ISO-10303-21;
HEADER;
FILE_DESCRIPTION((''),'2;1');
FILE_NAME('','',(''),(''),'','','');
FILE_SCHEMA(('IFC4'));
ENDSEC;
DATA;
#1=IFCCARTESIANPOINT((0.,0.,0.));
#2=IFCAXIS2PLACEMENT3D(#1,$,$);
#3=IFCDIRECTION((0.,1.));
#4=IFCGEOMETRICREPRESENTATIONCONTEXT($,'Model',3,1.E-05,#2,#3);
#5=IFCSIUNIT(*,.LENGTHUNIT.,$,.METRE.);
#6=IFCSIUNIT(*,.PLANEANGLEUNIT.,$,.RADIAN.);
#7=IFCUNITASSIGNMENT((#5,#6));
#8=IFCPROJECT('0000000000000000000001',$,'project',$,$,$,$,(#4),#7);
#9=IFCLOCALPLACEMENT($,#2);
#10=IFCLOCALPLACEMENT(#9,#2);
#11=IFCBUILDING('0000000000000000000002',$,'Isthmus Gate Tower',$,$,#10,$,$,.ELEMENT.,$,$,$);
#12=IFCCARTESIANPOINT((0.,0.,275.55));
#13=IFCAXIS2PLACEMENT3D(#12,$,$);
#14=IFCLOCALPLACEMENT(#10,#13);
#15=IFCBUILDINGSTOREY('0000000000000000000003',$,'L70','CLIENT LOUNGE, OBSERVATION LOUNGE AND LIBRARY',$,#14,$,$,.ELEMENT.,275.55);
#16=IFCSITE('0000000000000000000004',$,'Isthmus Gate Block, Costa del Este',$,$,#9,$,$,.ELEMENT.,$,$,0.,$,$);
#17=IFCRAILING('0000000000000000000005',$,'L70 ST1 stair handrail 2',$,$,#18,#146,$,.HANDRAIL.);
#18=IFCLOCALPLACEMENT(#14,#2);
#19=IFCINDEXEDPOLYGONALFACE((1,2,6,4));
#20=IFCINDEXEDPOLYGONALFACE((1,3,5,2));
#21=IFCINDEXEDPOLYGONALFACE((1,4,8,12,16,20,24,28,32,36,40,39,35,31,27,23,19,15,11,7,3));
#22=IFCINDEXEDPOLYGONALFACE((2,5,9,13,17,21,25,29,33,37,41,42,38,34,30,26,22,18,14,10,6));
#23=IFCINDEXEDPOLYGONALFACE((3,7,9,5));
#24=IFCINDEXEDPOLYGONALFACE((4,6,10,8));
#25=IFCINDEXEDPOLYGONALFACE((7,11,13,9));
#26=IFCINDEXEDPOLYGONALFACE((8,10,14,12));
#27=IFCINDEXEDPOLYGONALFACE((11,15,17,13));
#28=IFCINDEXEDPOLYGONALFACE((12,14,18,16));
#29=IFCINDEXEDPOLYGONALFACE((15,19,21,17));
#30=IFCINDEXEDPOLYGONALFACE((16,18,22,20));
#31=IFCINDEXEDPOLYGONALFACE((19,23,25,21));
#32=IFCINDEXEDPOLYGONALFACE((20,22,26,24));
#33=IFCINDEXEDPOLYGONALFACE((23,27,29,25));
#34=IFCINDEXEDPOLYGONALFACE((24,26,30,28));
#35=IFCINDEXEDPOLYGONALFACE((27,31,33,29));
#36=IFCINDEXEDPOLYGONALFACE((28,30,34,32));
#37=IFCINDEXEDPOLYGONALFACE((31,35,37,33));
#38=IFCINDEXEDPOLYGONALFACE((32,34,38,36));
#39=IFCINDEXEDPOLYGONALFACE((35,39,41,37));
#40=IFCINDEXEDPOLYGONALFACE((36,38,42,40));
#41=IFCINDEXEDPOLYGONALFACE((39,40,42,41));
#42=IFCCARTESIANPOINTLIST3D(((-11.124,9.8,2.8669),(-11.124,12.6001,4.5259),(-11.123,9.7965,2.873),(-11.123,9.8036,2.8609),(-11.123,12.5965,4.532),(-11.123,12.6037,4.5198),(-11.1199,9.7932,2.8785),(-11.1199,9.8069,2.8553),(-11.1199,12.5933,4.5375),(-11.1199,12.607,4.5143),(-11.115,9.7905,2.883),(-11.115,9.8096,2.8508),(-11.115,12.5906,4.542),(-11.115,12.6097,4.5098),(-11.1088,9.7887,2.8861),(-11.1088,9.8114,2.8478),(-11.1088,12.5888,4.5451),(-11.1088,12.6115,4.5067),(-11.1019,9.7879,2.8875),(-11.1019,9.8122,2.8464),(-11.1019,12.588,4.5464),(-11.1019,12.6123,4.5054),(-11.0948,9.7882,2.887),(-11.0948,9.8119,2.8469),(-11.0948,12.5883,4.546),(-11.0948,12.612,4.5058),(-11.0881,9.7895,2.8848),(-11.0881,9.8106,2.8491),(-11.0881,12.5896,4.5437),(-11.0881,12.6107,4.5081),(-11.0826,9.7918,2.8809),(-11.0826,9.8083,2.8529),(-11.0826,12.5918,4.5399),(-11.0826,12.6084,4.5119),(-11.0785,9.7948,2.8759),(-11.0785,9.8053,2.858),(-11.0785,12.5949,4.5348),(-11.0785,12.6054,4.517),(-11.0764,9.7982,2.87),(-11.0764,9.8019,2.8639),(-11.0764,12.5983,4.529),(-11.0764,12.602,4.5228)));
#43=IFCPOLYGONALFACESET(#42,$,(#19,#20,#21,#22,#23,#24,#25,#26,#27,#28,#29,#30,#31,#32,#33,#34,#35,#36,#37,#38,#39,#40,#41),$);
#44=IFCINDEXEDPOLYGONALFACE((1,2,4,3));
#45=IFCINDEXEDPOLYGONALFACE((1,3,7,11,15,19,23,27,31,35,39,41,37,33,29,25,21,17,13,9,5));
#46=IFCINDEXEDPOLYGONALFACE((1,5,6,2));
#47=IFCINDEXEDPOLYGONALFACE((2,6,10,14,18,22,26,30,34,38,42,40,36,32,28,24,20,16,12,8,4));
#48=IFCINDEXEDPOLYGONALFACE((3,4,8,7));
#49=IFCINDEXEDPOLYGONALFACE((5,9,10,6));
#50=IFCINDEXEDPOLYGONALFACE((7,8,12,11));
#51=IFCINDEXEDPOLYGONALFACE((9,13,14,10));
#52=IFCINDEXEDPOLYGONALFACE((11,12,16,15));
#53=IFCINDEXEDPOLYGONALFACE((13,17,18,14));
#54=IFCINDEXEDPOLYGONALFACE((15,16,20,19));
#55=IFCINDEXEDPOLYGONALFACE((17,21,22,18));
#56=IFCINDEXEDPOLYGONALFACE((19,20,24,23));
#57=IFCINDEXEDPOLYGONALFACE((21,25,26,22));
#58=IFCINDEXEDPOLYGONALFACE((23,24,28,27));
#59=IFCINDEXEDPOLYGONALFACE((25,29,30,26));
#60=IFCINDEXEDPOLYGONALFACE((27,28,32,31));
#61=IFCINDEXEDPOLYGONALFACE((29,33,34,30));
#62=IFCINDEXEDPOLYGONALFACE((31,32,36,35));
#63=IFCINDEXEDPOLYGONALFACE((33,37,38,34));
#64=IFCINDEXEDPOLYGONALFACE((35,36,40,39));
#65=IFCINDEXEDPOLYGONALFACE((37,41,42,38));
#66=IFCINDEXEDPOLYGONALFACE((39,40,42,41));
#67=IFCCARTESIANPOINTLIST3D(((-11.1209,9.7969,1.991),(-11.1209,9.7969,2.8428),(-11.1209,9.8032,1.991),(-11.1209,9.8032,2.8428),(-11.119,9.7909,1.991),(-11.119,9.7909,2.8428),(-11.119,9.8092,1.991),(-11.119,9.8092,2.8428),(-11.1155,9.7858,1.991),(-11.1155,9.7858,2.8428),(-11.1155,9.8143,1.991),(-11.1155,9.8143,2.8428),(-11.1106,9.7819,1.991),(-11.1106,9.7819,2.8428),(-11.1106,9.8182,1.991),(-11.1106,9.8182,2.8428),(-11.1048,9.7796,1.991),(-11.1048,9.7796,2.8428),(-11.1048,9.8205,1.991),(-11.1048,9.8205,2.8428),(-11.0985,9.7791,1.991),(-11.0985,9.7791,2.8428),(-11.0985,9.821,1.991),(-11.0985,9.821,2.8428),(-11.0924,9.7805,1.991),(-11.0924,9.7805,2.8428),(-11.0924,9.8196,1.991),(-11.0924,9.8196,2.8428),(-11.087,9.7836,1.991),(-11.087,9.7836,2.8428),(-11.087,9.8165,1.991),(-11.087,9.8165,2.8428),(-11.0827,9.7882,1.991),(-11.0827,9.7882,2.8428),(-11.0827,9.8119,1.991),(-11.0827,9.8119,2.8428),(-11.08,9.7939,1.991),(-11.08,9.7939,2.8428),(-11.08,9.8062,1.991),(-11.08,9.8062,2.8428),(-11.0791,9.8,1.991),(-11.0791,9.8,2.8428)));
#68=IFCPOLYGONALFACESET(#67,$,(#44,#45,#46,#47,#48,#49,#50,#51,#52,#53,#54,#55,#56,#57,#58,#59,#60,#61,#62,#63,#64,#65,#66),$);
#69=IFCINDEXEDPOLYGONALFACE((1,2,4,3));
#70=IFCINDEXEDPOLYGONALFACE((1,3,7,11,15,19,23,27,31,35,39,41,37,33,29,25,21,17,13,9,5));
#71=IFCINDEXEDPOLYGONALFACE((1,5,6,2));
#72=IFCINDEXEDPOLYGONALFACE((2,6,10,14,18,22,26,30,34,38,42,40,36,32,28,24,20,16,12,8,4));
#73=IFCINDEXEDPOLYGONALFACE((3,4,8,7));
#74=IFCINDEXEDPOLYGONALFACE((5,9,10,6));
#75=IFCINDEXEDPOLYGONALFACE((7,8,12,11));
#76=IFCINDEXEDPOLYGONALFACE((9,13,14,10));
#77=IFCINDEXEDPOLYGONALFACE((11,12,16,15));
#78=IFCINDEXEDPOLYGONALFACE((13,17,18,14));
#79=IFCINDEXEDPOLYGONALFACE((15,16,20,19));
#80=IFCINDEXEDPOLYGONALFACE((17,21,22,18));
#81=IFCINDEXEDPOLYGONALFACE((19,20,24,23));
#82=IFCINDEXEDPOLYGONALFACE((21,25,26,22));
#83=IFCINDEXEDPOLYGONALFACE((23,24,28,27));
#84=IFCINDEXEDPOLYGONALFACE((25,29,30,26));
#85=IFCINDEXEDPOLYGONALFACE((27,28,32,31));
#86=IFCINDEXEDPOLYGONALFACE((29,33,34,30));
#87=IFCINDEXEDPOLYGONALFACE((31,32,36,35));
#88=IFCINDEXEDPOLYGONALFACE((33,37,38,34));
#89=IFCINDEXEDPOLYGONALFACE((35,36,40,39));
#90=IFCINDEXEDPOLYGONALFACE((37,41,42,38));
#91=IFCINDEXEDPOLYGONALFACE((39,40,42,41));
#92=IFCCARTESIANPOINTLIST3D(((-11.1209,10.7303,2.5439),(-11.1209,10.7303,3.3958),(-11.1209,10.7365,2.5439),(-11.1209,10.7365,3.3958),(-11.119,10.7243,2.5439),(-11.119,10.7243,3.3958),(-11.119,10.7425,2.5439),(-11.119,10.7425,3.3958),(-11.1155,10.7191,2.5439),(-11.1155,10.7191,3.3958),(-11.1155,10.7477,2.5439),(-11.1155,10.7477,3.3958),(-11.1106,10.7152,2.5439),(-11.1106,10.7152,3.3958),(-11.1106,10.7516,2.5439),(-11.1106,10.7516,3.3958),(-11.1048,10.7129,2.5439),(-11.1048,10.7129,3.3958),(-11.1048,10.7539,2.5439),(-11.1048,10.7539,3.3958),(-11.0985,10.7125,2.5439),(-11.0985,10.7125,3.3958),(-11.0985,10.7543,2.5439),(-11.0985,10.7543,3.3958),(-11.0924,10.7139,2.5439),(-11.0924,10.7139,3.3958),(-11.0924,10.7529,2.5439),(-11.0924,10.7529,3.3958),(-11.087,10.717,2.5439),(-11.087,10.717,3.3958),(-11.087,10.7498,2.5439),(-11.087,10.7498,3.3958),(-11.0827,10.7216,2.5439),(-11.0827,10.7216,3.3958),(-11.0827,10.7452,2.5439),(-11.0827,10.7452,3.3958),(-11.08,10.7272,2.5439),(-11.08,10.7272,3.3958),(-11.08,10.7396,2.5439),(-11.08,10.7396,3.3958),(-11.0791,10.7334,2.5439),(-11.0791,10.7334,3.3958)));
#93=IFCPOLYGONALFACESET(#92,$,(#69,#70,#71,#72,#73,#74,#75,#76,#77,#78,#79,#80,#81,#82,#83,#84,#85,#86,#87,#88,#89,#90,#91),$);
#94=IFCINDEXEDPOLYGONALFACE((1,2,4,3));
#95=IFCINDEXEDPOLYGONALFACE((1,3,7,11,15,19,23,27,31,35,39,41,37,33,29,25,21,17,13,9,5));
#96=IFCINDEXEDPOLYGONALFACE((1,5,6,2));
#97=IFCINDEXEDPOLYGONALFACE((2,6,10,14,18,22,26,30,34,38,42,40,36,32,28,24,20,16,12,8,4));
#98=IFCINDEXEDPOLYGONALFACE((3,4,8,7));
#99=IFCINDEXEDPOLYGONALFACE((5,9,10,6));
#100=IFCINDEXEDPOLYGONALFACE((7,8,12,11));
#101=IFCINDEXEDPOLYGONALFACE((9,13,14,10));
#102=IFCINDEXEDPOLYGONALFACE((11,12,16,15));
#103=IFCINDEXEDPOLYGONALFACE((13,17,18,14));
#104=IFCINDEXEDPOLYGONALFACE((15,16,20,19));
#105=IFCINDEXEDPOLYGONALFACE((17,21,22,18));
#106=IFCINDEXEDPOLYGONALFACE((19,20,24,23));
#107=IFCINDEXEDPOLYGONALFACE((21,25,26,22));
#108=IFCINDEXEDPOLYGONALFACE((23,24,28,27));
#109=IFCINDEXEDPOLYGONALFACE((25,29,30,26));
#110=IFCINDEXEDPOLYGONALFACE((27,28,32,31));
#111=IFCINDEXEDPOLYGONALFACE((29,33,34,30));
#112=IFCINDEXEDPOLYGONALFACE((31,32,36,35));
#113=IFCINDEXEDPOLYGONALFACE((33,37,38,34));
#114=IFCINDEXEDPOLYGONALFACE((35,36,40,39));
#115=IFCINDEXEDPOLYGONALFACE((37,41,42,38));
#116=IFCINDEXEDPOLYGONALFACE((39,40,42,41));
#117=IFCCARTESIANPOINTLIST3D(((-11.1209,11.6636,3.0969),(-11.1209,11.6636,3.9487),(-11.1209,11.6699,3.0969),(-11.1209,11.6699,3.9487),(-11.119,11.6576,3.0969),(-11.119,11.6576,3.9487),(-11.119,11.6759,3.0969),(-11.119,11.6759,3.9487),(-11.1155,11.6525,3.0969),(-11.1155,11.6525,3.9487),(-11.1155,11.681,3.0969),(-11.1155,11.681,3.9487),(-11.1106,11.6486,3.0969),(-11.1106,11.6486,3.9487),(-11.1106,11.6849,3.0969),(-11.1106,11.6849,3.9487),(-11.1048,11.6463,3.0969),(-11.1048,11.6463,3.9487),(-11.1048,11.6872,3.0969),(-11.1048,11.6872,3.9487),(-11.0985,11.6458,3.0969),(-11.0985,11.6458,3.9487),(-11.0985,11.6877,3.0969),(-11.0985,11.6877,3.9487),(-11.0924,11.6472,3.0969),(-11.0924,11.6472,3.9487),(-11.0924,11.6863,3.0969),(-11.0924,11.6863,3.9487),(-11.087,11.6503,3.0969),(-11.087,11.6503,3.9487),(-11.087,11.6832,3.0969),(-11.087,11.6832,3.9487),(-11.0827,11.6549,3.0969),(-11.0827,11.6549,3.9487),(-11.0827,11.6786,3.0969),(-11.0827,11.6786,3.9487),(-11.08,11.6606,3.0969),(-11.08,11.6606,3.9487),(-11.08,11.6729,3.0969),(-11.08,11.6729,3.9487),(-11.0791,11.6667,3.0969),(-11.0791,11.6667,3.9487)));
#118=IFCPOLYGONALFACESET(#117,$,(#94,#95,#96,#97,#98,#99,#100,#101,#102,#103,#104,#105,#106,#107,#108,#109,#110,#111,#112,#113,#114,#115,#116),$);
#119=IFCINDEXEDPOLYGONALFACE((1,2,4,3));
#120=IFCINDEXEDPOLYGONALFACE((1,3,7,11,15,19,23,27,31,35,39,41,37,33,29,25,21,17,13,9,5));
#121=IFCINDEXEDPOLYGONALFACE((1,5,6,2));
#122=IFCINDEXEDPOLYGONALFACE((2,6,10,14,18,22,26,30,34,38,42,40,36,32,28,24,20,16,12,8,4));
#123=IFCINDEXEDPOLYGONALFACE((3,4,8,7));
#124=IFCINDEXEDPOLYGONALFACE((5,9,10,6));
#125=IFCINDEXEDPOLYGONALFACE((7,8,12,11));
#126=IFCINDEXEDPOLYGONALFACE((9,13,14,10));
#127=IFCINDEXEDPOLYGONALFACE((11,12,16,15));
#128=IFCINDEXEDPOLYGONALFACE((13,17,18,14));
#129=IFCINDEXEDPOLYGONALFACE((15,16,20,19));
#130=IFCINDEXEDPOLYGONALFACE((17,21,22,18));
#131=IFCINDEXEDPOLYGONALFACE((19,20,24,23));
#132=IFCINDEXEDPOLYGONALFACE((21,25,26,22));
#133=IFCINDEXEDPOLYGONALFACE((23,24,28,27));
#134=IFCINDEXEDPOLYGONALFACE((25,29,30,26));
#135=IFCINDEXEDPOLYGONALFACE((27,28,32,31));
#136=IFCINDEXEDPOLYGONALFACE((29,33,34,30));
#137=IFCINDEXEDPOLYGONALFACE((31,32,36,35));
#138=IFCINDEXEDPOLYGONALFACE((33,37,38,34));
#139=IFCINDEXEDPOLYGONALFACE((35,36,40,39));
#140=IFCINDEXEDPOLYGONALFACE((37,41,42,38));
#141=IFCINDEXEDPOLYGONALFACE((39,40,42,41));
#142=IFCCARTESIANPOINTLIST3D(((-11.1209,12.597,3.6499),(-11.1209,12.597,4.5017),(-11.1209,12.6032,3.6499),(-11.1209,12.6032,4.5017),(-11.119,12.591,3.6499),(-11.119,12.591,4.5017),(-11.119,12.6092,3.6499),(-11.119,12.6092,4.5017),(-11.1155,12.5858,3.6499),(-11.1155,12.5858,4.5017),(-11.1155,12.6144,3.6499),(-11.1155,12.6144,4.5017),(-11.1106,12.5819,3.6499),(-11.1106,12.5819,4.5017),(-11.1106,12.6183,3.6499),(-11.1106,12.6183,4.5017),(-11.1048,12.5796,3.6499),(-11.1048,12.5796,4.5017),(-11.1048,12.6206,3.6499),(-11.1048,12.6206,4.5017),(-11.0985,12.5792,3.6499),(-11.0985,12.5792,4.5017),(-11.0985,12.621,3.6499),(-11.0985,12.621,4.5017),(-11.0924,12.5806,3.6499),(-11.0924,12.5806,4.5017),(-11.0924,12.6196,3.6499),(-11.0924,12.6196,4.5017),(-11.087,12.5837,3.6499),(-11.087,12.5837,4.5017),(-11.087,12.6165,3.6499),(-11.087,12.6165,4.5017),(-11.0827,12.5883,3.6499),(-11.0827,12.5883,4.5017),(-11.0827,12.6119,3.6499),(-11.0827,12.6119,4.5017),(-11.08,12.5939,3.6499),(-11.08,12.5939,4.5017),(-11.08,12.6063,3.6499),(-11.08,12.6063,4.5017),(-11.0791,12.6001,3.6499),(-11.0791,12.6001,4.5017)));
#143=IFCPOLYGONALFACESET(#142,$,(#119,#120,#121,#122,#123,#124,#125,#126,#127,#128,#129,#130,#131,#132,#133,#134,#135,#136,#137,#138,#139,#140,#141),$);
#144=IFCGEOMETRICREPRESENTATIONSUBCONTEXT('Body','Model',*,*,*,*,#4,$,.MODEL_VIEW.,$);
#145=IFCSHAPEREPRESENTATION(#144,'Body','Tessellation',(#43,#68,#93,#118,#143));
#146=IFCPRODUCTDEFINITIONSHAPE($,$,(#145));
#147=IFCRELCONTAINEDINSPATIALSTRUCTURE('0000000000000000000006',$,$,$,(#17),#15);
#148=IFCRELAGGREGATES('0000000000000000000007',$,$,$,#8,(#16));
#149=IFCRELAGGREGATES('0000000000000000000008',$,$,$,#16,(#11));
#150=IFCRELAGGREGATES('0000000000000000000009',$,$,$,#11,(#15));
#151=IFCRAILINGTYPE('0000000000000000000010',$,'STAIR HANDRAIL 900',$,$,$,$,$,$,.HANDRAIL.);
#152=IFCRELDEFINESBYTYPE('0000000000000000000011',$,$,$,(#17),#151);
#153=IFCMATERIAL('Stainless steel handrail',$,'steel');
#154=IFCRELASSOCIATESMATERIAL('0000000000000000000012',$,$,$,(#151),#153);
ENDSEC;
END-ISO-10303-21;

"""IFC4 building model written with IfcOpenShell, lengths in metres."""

from ifc_helpers import new_model, si_unit, direction, frame, origin, origin_2d, place, context, subcontext, project, spatial, circle, extrude, material, type_object, element, save


model = new_model("IFC4")

# Units and contexts
model_context = context("Model", 3, precision=1e-05, world=origin(), true_north=direction((0.0, 1.0)))
body_context = subcontext(model_context, "Body", "Model", "MODEL_VIEW")
ifc_project = project(units=[si_unit("LENGTHUNIT", "METRE"), si_unit("PLANEANGLEUNIT", "RADIAN")], contexts=[model_context])

# Site, building, storey
site_placement = place(None, origin())
site = spatial("IfcSite", under=ifc_project, at=site_placement, Name="Isthmus Gate Block, Costa del Este", CompositionType="ELEMENT", RefElevation=0.0)
building_placement = place(site_placement, origin())
building = spatial("IfcBuilding", under=site, at=building_placement, Name="Isthmus Gate Tower", CompositionType="ELEMENT")
storey_placement = place(building_placement, frame((0.0, 0.0, 275.55)))
storey = spatial("IfcBuildingStorey", under=building, at=storey_placement, Name="L70", Description="CLIENT LOUNGE, OBSERVATION LOUNGE AND LIBRARY", CompositionType="ELEMENT", Elevation=275.55)

# Railing
ifc_material_1 = material(Name="Stainless steel handrail", Category="steel")
railing_type_1 = type_object("IfcRailingType", Name="STAIR HANDRAIL 900", PredefinedType="HANDRAIL", material=ifc_material_1)
railing_1_placement = place(storey_placement, frame((-11.1001, 9.8, 1.991)))
element("IfcRailing", 1, at=railing_1_placement, inside=storey, type_object=railing_type_1, Name="L70 ST1 stair handrail 2", PredefinedType="HANDRAIL", context=body_context, shape_type="SweptSolid", body=[
    extrude(circle(Radius=0.0239, at=origin_2d()), frame((0.0, 0.0, 0.876), z_axis=(0.0, 0.860339, 0.509722), x_axis=(-1.0, 0.0, 0.0)), (0.0, 0.0, 1.0), 3.2546),
    extrude(circle(Radius=0.021, at=origin_2d()), origin(), (0.0, 0.0, 1.0), 0.8518),
    extrude(circle(Radius=0.021, at=origin_2d()), frame((0.0, 0.9333, 0.553)), (0.0, 0.0, 1.0), 0.8518),
    extrude(circle(Radius=0.021, at=origin_2d()), frame((0.0, 1.8667, 1.106)), (0.0, 0.0, 1.0), 0.8518),
    extrude(circle(Radius=0.021, at=origin_2d()), frame((0.0, 2.8, 1.6589)), (0.0, 0.0, 1.0), 0.8518),
])

save(model, "model.ifc")
